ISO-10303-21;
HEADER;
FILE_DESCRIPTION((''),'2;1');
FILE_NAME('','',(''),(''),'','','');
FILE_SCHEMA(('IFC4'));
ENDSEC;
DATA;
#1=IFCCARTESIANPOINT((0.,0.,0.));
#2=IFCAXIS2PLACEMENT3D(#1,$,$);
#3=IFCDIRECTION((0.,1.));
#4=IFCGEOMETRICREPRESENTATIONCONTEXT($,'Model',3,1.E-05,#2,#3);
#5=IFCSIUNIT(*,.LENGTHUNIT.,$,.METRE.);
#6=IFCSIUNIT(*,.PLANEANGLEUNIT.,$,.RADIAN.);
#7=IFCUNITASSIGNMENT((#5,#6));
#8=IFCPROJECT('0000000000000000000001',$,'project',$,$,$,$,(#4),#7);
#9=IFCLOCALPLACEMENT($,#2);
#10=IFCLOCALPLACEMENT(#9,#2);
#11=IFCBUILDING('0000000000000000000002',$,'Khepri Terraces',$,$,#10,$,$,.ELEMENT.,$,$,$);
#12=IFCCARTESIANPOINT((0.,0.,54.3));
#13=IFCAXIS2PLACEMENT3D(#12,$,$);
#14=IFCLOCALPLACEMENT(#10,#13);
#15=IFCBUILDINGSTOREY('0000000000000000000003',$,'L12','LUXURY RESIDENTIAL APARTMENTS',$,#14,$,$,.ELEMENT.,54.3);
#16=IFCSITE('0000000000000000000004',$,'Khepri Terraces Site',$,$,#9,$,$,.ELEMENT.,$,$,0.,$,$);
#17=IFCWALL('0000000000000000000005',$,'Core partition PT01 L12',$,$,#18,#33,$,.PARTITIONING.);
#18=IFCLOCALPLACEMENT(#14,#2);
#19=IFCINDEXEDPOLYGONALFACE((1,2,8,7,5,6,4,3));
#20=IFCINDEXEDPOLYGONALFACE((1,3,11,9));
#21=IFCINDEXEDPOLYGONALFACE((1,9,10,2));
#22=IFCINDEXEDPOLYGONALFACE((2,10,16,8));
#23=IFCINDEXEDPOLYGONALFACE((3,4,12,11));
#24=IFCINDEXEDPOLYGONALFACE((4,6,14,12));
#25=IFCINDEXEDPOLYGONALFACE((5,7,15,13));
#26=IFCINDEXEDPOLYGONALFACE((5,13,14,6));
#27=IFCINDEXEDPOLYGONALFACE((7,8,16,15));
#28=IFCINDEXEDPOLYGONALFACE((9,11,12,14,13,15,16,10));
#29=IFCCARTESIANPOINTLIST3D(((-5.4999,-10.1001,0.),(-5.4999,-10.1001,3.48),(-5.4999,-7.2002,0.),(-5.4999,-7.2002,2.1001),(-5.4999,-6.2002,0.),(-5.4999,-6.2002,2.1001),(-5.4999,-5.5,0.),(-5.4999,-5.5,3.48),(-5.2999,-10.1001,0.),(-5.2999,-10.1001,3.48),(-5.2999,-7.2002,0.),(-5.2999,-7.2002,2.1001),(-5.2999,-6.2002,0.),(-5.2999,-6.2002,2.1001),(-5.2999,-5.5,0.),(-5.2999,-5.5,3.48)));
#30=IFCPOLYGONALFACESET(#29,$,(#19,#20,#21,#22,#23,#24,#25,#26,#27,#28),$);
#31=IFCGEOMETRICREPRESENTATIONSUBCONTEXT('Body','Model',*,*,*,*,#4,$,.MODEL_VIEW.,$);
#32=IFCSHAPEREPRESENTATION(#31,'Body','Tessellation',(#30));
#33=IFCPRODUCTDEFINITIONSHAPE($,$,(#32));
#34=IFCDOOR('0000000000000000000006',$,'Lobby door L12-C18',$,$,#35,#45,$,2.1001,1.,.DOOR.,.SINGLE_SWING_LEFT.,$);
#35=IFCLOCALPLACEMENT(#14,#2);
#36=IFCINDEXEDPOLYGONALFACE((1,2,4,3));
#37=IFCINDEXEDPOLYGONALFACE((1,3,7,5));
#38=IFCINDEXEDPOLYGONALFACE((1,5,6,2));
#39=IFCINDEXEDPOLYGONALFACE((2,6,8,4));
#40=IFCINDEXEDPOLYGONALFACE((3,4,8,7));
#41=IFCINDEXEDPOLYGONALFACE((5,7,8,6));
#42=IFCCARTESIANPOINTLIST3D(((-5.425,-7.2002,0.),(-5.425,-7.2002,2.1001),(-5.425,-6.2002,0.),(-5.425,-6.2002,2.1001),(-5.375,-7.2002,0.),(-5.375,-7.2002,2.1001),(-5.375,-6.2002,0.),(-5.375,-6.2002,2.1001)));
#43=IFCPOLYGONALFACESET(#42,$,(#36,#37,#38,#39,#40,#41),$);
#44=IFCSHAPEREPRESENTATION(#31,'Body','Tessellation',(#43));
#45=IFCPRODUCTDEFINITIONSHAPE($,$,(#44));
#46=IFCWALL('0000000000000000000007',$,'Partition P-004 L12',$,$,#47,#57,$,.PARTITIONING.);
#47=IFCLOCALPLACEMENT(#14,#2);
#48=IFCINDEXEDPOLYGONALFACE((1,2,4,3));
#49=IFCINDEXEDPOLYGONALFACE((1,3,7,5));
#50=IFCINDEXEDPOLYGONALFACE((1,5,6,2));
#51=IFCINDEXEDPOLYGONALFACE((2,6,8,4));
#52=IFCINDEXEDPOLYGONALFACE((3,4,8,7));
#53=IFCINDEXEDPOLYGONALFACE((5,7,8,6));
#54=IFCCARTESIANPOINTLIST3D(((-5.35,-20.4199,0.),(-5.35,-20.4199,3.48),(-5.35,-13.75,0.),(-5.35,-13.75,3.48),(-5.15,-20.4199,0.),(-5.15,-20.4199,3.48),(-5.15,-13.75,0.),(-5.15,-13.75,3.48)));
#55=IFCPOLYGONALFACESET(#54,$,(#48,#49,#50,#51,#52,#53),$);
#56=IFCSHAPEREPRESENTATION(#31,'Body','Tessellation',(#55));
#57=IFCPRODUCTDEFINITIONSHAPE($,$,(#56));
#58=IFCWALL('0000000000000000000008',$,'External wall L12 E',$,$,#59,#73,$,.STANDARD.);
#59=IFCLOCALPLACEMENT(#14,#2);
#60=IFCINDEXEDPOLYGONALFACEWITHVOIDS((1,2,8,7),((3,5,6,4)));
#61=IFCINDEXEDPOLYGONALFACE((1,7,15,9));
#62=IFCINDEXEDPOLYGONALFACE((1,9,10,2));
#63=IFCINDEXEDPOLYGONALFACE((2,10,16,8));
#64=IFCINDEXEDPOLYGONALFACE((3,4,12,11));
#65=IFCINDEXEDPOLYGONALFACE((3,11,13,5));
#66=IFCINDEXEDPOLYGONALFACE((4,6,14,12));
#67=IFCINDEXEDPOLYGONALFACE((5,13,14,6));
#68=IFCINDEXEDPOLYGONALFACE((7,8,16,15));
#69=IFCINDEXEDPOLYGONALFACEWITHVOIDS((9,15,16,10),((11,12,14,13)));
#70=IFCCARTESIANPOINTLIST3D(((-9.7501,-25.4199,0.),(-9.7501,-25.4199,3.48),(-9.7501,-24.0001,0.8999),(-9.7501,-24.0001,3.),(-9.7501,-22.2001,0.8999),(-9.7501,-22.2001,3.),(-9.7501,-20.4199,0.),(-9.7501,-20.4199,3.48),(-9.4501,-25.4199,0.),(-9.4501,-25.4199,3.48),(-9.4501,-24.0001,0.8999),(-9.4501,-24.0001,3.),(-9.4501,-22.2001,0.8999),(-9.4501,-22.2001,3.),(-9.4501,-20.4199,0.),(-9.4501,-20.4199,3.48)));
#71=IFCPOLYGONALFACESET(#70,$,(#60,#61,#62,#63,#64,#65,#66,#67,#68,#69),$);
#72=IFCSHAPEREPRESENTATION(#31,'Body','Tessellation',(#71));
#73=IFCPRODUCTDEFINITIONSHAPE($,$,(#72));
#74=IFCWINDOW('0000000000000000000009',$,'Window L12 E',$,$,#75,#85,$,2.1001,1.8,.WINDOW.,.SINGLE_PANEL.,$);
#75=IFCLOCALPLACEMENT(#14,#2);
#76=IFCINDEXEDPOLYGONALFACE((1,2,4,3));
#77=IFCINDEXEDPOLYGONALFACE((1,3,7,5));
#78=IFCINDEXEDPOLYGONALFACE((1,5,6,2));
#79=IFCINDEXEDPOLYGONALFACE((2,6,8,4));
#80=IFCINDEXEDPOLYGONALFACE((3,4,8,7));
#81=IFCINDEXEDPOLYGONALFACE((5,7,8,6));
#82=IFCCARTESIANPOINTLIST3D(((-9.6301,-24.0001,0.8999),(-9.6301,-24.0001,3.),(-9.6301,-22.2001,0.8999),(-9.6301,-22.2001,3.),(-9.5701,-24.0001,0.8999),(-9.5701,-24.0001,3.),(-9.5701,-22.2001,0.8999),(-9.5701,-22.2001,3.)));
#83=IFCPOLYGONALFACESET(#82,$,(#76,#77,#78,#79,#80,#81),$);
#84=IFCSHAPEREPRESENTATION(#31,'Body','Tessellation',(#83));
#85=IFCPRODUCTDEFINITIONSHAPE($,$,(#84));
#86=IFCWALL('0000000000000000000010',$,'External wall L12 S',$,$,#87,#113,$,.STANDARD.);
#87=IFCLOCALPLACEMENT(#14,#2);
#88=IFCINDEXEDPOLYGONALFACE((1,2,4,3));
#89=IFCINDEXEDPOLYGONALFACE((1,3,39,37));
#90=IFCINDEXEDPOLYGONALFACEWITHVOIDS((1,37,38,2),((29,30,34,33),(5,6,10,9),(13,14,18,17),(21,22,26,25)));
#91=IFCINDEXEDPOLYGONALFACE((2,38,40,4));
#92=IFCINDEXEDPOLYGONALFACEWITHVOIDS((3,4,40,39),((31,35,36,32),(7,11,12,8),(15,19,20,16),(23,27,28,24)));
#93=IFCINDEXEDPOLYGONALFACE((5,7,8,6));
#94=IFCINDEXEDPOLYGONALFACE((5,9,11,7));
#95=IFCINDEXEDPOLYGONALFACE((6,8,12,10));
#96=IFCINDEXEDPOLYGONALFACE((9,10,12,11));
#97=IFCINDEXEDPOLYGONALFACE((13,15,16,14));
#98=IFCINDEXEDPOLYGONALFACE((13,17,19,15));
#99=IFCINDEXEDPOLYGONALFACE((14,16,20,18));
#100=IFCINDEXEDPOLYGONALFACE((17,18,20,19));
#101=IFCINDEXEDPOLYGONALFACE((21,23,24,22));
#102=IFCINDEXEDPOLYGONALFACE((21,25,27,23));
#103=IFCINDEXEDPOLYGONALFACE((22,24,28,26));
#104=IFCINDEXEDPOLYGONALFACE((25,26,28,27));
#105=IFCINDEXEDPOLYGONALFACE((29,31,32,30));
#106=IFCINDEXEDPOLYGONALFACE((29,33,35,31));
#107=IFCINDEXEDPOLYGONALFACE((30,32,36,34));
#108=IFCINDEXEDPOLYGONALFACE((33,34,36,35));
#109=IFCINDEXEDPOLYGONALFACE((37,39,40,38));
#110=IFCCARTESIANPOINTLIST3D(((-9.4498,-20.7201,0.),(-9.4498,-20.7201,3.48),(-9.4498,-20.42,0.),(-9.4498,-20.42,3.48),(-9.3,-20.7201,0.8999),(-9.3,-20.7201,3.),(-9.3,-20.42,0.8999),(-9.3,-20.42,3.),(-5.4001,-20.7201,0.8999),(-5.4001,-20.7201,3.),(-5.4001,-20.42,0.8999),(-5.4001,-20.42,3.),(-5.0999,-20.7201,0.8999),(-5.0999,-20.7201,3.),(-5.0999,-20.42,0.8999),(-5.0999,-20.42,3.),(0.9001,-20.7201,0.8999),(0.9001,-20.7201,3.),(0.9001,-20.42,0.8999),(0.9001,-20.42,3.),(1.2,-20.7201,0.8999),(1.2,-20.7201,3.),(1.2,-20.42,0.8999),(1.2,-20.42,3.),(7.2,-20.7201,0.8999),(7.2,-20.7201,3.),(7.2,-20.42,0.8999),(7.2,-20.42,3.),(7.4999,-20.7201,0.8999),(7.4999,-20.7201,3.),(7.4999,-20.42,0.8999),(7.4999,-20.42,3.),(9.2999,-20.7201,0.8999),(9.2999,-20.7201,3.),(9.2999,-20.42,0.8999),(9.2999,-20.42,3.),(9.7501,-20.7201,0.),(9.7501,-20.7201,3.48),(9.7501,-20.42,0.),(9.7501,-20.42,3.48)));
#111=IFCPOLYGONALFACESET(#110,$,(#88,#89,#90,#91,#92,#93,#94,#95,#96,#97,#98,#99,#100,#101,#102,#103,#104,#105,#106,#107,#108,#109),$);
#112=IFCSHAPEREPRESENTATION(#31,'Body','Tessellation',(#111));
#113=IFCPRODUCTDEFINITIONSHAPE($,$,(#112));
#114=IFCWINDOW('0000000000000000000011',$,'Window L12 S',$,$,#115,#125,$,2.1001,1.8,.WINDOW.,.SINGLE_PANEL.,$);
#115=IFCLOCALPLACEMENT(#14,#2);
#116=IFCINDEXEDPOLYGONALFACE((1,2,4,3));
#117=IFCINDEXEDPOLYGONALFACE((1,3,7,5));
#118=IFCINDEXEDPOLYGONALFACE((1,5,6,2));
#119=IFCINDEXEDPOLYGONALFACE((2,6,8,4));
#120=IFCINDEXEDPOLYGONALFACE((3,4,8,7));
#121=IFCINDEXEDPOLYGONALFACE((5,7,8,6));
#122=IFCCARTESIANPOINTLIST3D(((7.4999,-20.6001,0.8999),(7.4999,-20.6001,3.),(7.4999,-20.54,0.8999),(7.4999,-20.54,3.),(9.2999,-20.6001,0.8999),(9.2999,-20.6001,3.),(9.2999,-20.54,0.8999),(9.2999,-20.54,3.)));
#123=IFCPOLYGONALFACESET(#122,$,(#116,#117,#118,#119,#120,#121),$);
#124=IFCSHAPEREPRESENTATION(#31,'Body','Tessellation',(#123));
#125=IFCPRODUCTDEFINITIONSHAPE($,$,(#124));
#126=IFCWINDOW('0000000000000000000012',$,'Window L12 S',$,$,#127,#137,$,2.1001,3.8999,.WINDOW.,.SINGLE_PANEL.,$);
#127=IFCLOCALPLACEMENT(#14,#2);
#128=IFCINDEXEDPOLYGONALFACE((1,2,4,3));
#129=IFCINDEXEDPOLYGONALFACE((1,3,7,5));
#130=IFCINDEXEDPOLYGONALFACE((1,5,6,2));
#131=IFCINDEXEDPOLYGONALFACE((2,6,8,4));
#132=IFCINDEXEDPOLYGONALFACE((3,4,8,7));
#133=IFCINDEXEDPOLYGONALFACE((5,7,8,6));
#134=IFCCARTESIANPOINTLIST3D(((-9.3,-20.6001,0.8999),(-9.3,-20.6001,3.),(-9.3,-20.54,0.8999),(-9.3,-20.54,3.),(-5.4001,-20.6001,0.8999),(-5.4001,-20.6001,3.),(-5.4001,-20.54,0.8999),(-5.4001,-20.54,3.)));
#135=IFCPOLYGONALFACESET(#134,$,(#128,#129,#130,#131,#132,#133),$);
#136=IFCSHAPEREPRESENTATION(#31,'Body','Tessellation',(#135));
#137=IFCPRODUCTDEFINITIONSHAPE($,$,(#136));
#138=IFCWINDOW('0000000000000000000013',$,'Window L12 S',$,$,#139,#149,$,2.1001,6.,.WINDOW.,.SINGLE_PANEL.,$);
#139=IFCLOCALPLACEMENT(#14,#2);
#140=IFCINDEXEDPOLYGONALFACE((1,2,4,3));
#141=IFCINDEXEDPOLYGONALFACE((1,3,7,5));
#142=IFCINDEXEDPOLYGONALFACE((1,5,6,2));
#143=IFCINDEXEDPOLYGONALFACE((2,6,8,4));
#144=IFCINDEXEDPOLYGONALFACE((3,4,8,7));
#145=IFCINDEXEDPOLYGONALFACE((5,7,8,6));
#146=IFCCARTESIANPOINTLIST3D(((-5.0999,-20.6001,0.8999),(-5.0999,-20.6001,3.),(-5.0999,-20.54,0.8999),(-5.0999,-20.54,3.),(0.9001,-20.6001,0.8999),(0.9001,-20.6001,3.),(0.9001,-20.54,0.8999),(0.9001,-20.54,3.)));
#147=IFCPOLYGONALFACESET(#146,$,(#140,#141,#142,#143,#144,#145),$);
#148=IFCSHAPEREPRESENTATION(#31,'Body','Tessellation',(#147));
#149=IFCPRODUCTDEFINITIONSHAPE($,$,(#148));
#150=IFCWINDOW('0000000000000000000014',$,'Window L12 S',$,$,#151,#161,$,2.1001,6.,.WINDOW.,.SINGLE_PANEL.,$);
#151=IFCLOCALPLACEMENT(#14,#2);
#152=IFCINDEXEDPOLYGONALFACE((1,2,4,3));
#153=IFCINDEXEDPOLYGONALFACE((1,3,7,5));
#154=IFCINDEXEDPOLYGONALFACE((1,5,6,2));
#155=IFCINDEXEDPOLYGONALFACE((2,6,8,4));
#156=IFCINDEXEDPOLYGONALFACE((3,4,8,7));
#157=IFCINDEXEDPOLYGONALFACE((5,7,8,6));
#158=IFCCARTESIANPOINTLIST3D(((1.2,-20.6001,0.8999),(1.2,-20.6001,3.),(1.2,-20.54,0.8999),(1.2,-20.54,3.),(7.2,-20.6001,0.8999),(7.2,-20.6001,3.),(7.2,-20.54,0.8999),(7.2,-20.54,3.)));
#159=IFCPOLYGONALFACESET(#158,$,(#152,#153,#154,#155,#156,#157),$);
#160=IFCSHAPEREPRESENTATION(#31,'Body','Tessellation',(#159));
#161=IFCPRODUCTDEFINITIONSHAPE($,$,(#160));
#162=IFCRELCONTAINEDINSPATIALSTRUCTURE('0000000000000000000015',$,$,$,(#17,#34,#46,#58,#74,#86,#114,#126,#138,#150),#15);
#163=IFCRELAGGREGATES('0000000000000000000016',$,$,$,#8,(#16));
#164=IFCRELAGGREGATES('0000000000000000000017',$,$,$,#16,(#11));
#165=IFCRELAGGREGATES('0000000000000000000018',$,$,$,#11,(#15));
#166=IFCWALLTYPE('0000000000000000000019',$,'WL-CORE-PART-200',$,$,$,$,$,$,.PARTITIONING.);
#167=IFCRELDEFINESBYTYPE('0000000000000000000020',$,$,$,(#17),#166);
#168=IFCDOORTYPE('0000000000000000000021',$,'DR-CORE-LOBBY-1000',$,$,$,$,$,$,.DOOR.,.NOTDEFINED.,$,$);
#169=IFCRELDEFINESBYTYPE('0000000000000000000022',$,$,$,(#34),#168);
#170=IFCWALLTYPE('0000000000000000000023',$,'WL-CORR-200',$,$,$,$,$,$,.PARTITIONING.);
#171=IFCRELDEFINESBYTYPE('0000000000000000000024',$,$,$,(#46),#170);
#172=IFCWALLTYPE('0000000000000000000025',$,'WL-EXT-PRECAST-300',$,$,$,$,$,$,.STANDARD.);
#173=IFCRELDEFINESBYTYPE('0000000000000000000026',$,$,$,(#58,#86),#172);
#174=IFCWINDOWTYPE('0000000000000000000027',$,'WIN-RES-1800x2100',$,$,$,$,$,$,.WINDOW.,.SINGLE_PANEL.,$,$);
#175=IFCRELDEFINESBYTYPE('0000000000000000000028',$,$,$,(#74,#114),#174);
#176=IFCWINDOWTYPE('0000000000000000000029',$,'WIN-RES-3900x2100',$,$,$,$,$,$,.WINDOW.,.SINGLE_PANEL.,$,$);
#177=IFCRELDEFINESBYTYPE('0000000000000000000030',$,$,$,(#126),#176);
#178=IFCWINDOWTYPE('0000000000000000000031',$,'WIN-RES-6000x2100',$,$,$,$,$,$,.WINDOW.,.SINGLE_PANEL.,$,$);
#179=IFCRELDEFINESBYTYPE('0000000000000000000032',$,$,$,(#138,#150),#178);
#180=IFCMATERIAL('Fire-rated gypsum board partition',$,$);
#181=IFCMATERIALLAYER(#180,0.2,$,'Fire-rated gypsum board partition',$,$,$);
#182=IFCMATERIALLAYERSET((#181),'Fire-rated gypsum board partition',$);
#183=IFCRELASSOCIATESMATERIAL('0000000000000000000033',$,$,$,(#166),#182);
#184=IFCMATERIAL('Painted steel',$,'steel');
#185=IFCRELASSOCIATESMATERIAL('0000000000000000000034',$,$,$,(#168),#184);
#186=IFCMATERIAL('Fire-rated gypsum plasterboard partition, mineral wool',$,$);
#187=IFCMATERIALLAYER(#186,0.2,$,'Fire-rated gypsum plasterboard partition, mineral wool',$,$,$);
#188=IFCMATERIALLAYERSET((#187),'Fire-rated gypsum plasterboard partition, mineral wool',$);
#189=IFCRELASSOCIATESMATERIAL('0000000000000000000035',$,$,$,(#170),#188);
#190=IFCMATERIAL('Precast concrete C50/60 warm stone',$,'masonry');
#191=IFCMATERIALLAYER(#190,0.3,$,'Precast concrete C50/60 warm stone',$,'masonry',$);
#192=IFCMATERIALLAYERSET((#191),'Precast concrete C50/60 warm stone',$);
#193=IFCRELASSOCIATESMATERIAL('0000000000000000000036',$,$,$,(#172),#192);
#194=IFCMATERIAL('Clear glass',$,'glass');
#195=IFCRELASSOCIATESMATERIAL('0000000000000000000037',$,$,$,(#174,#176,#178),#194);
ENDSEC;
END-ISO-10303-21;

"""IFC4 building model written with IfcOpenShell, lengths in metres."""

from ifc_helpers import new_model, si_unit, direction, frame, frame_2d, origin, place, context, subcontext, project, spatial, rectangle, extrude, material, layer, layer_set, type_object, element, fill, save


model = new_model("IFC4")

# Units and contexts
model_context = context("Model", 3, precision=1e-05, world=origin(), true_north=direction((0.0, 1.0)))
body_context = subcontext(model_context, "Body", "Model", "MODEL_VIEW")
ifc_project = project(units=[si_unit("LENGTHUNIT", "METRE"), si_unit("PLANEANGLEUNIT", "RADIAN")], contexts=[model_context])

# Site, building, storey
site_placement = place(None, origin())
site = spatial("IfcSite", under=ifc_project, at=site_placement, Name="Khepri Terraces Site", CompositionType="ELEMENT", RefElevation=0.0)
building_placement = place(site_placement, origin())
building = spatial("IfcBuilding", under=site, at=building_placement, Name="Khepri Terraces", CompositionType="ELEMENT")
storey_placement = place(building_placement, frame((0.0, 0.0, 54.3)))
storey = spatial("IfcBuildingStorey", under=building, at=storey_placement, Name="L12", Description="LUXURY RESIDENTIAL APARTMENTS", CompositionType="ELEMENT", Elevation=54.3)

# Wall, opening, door
ifc_material_1 = material(Name="Fire-rated gypsum board partition")
ifc_layer_1 = layer(ifc_material_1, 0.2, Name="Fire-rated gypsum board partition")
ifc_layer_set_1 = layer_set([ifc_layer_1], Name="Fire-rated gypsum board partition")
wall_type_1 = type_object("IfcWallType", Name="WL-CORE-PART-200", PredefinedType="PARTITIONING", material=ifc_layer_set_1)
wall_1_placement = place(storey_placement, frame((-5.3999, -10.1001, 0.0), z_axis=(0.0, 0.0, 1.0), x_axis=(0.0, 1.0, 0.0)))
wall_1 = element("IfcWall", 1, at=wall_1_placement, inside=storey, type_object=wall_type_1, Name="Core partition PT01 L12", PredefinedType="PARTITIONING", context=body_context, shape_type="SweptSolid", body=[
    extrude(rectangle(XDim=4.6001, YDim=0.2, at=frame_2d((2.3, 0.0))), origin(), (0.0, 0.0, 1.0), 3.48),
])
opening_1_placement = place(wall_1_placement, frame((2.8999, 0.0, 0.0)))
opening_1 = element("IfcOpeningElement", 2, at=opening_1_placement, cuts=wall_1, PredefinedType="OPENING", context=body_context, shape_type="SweptSolid", body=[
    extrude(rectangle(XDim=1.0, YDim=2.1001, at=frame_2d((0.5, 1.05))), frame((0.0, 0.1099, 0.0), z_axis=(0.0, -1.0, 0.0), x_axis=(1.0, 0.0, 0.0)), (0.0, 0.0, 1.0), 0.22),
])
ifc_material_2 = material(Name="Painted steel", Category="steel")
door_type_1 = type_object("IfcDoorType", Name="DR-CORE-LOBBY-1000", OperationType="NOTDEFINED", PredefinedType="DOOR", material=ifc_material_2)
door_1_placement = place(opening_1_placement, frame((1.0, 0.0, 0.0), z_axis=(0.0, 0.0, 1.0), x_axis=(-1.0, 0.0, 0.0)))
door_1 = element("IfcDoor", 3, at=door_1_placement, inside=storey, type_object=door_type_1, Name="Lobby door L12-C18", OperationType="SINGLE_SWING_LEFT", OverallHeight=2.1001, OverallWidth=1.0, PredefinedType="DOOR", context=body_context, shape_type="SweptSolid", body=[
    extrude(rectangle(XDim=1.0, YDim=2.1001, at=frame_2d((0.5, 1.05))), frame((0.0, 0.0249, 0.0), z_axis=(0.0, -1.0, 0.0), x_axis=(1.0, 0.0, 0.0)), (0.0, 0.0, 1.0), 0.05),
])
fill(opening_1, door_1)

# Wall
ifc_material_3 = material(Name="Fire-rated gypsum plasterboard partition, mineral wool")
ifc_layer_2 = layer(ifc_material_3, 0.2, Name="Fire-rated gypsum plasterboard partition, mineral wool")
ifc_layer_set_2 = layer_set([ifc_layer_2], Name="Fire-rated gypsum plasterboard partition, mineral wool")
wall_type_2 = type_object("IfcWallType", Name="WL-CORR-200", PredefinedType="PARTITIONING", material=ifc_layer_set_2)
wall_2_placement = place(storey_placement, frame((-5.25, -20.4199, 0.0), z_axis=(0.0, 0.0, 1.0), x_axis=(0.0, 1.0, 0.0)))
element("IfcWall", 4, at=wall_2_placement, inside=storey, type_object=wall_type_2, Name="Partition P-004 L12", PredefinedType="PARTITIONING", context=body_context, shape_type="SweptSolid", body=[
    extrude(rectangle(XDim=6.6699, YDim=0.2, at=frame_2d((3.335, 0.0))), origin(), (0.0, 0.0, 1.0), 3.48),
])

# Wall, opening, window
ifc_material_4 = material(Name="Precast concrete C50/60 warm stone", Category="masonry")
ifc_layer_3 = layer(ifc_material_4, 0.3, Name="Precast concrete C50/60 warm stone", Category="masonry")
ifc_layer_set_3 = layer_set([ifc_layer_3], Name="Precast concrete C50/60 warm stone")
wall_type_3 = type_object("IfcWallType", Name="WL-EXT-PRECAST-300", PredefinedType="STANDARD", material=ifc_layer_set_3)
wall_3_placement = place(storey_placement, frame((-9.6001, -25.4199, 0.0), z_axis=(0.0, 0.0, 1.0), x_axis=(0.0, 1.0, 0.0)))
wall_3 = element("IfcWall", 5, at=wall_3_placement, inside=storey, type_object=wall_type_3, Name="External wall L12 E", PredefinedType="STANDARD", context=body_context, shape_type="SweptSolid", body=[
    extrude(rectangle(XDim=5.0, YDim=0.3, at=frame_2d((2.5, 0.0))), origin(), (0.0, 0.0, 1.0), 3.48),
])
opening_2_placement = place(wall_3_placement, frame((1.4199, 0.0, 0.8999)))
opening_2 = element("IfcOpeningElement", 6, at=opening_2_placement, cuts=wall_3, PredefinedType="OPENING", context=body_context, shape_type="SweptSolid", body=[
    extrude(rectangle(XDim=1.8, YDim=2.1001, at=frame_2d((0.8999, 1.05))), frame((0.0, 0.1602, 0.0), z_axis=(0.0, -1.0, 0.0), x_axis=(1.0, 0.0, 0.0)), (0.0, 0.0, 1.0), 0.3201),
])
ifc_material_5 = material(Name="Clear glass", Category="glass")
window_type_1 = type_object("IfcWindowType", Name="WIN-RES-1800x2100", PartitioningType="SINGLE_PANEL", PredefinedType="WINDOW", material=ifc_material_5)
window_1_placement = place(opening_2_placement, origin())
window_1 = element("IfcWindow", 7, at=window_1_placement, inside=storey, type_object=window_type_1, Name="Window L12 E", OverallHeight=2.1001, OverallWidth=1.8, PartitioningType="SINGLE_PANEL", PredefinedType="WINDOW", context=body_context, shape_type="SweptSolid", body=[
    extrude(rectangle(XDim=1.8, YDim=2.1001, at=frame_2d((0.8999, 1.05))), frame((0.0, 0.03, 0.0), z_axis=(0.0, -1.0, 0.0), x_axis=(1.0, 0.0, 0.0)), (0.0, 0.0, 1.0), 0.0601),
])
fill(opening_2, window_1)

# Wall, openings, windows
wall_4_placement = place(storey_placement, frame((-9.45, -20.5701, 0.0), z_axis=(0.0, 0.0, 1.0), x_axis=(1.0, 0.0, 0.0)))
wall_4 = element("IfcWall", 8, at=wall_4_placement, inside=storey, type_object=wall_type_3, Name="External wall L12 S", PredefinedType="STANDARD", context=body_context, shape_type="SweptSolid", body=[
    extrude(rectangle(XDim=19.2, YDim=0.3, at=frame_2d((9.6001, 0.0))), origin(), (0.0, 0.0, 1.0), 3.48),
])
opening_3_placement = place(wall_4_placement, frame((0.1499, 0.0, 0.8999)))
opening_3 = element("IfcOpeningElement", 9, at=opening_3_placement, cuts=wall_4, PredefinedType="OPENING", context=body_context, shape_type="SweptSolid", body=[
    extrude(rectangle(XDim=3.8999, YDim=2.1001, at=frame_2d((1.95, 1.05))), frame((0.0, 0.1602, 0.0), z_axis=(0.0, -1.0, 0.0), x_axis=(1.0, 0.0, 0.0)), (0.0, 0.0, 1.0), 0.3201),
])
opening_4_placement = place(wall_4_placement, frame((4.3501, 0.0, 0.8999)))
opening_4 = element("IfcOpeningElement", 10, at=opening_4_placement, cuts=wall_4, PredefinedType="OPENING", context=body_context, shape_type="SweptSolid", body=[
    extrude(rectangle(XDim=6.0, YDim=2.1001, at=frame_2d((3.0, 1.05))), frame((0.0, 0.1602, 0.0), z_axis=(0.0, -1.0, 0.0), x_axis=(1.0, 0.0, 0.0)), (0.0, 0.0, 1.0), 0.3201),
])
opening_5_placement = place(wall_4_placement, frame((10.6499, 0.0, 0.8999)))
opening_5 = element("IfcOpeningElement", 11, at=opening_5_placement, cuts=wall_4, PredefinedType="OPENING", context=body_context, shape_type="SweptSolid", body=[
    extrude(rectangle(XDim=6.0, YDim=2.1001, at=frame_2d((3.0, 1.05))), frame((0.0, 0.1602, 0.0), z_axis=(0.0, -1.0, 0.0), x_axis=(1.0, 0.0, 0.0)), (0.0, 0.0, 1.0), 0.3201),
])
opening_6_placement = place(wall_4_placement, frame((16.95, 0.0, 0.8999)))
opening_6 = element("IfcOpeningElement", 12, at=opening_6_placement, cuts=wall_4, PredefinedType="OPENING", context=body_context, shape_type="SweptSolid", body=[
    extrude(rectangle(XDim=1.8, YDim=2.1001, at=frame_2d((0.8999, 1.05))), frame((0.0, 0.1602, 0.0), z_axis=(0.0, -1.0, 0.0), x_axis=(1.0, 0.0, 0.0)), (0.0, 0.0, 1.0), 0.3201),
])
window_2_placement = place(opening_6_placement, origin())
window_2 = element("IfcWindow", 13, at=window_2_placement, inside=storey, type_object=window_type_1, Name="Window L12 S", OverallHeight=2.1001, OverallWidth=1.8, PartitioningType="SINGLE_PANEL", PredefinedType="WINDOW", context=body_context, shape_type="SweptSolid", body=[
    extrude(rectangle(XDim=1.8, YDim=2.1001, at=frame_2d((0.8999, 1.05))), frame((0.0, 0.03, 0.0), z_axis=(0.0, -1.0, 0.0), x_axis=(1.0, 0.0, 0.0)), (0.0, 0.0, 1.0), 0.0601),
])
fill(opening_6, window_2)
window_type_2 = type_object("IfcWindowType", Name="WIN-RES-3900x2100", PartitioningType="SINGLE_PANEL", PredefinedType="WINDOW", material=ifc_material_5)
window_3_placement = place(opening_3_placement, origin())
window_3 = element("IfcWindow", 14, at=window_3_placement, inside=storey, type_object=window_type_2, Name="Window L12 S", OverallHeight=2.1001, OverallWidth=3.8999, PartitioningType="SINGLE_PANEL", PredefinedType="WINDOW", context=body_context, shape_type="SweptSolid", body=[
    extrude(rectangle(XDim=3.8999, YDim=2.1001, at=frame_2d((1.95, 1.05))), frame((0.0, 0.03, 0.0), z_axis=(0.0, -1.0, 0.0), x_axis=(1.0, 0.0, 0.0)), (0.0, 0.0, 1.0), 0.0601),
])
fill(opening_3, window_3)
window_type_3 = type_object("IfcWindowType", Name="WIN-RES-6000x2100", PartitioningType="SINGLE_PANEL", PredefinedType="WINDOW", material=ifc_material_5)
window_4_placement = place(opening_4_placement, origin())
window_4 = element("IfcWindow", 15, at=window_4_placement, inside=storey, type_object=window_type_3, Name="Window L12 S", OverallHeight=2.1001, OverallWidth=6.0, PartitioningType="SINGLE_PANEL", PredefinedType="WINDOW", context=body_context, shape_type="SweptSolid", body=[
    extrude(rectangle(XDim=6.0, YDim=2.1001, at=frame_2d((3.0, 1.05))), frame((0.0, 0.03, 0.0), z_axis=(0.0, -1.0, 0.0), x_axis=(1.0, 0.0, 0.0)), (0.0, 0.0, 1.0), 0.0601),
])
fill(opening_4, window_4)
window_5_placement = place(opening_5_placement, origin())
window_5 = element("IfcWindow", 16, at=window_5_placement, inside=storey, type_object=window_type_3, Name="Window L12 S", OverallHeight=2.1001, OverallWidth=6.0, PartitioningType="SINGLE_PANEL", PredefinedType="WINDOW", context=body_context, shape_type="SweptSolid", body=[
    extrude(rectangle(XDim=6.0, YDim=2.1001, at=frame_2d((3.0, 1.05))), frame((0.0, 0.03, 0.0), z_axis=(0.0, -1.0, 0.0), x_axis=(1.0, 0.0, 0.0)), (0.0, 0.0, 1.0), 0.0601),
])
fill(opening_5, window_5)

save(model, "model.ifc")
